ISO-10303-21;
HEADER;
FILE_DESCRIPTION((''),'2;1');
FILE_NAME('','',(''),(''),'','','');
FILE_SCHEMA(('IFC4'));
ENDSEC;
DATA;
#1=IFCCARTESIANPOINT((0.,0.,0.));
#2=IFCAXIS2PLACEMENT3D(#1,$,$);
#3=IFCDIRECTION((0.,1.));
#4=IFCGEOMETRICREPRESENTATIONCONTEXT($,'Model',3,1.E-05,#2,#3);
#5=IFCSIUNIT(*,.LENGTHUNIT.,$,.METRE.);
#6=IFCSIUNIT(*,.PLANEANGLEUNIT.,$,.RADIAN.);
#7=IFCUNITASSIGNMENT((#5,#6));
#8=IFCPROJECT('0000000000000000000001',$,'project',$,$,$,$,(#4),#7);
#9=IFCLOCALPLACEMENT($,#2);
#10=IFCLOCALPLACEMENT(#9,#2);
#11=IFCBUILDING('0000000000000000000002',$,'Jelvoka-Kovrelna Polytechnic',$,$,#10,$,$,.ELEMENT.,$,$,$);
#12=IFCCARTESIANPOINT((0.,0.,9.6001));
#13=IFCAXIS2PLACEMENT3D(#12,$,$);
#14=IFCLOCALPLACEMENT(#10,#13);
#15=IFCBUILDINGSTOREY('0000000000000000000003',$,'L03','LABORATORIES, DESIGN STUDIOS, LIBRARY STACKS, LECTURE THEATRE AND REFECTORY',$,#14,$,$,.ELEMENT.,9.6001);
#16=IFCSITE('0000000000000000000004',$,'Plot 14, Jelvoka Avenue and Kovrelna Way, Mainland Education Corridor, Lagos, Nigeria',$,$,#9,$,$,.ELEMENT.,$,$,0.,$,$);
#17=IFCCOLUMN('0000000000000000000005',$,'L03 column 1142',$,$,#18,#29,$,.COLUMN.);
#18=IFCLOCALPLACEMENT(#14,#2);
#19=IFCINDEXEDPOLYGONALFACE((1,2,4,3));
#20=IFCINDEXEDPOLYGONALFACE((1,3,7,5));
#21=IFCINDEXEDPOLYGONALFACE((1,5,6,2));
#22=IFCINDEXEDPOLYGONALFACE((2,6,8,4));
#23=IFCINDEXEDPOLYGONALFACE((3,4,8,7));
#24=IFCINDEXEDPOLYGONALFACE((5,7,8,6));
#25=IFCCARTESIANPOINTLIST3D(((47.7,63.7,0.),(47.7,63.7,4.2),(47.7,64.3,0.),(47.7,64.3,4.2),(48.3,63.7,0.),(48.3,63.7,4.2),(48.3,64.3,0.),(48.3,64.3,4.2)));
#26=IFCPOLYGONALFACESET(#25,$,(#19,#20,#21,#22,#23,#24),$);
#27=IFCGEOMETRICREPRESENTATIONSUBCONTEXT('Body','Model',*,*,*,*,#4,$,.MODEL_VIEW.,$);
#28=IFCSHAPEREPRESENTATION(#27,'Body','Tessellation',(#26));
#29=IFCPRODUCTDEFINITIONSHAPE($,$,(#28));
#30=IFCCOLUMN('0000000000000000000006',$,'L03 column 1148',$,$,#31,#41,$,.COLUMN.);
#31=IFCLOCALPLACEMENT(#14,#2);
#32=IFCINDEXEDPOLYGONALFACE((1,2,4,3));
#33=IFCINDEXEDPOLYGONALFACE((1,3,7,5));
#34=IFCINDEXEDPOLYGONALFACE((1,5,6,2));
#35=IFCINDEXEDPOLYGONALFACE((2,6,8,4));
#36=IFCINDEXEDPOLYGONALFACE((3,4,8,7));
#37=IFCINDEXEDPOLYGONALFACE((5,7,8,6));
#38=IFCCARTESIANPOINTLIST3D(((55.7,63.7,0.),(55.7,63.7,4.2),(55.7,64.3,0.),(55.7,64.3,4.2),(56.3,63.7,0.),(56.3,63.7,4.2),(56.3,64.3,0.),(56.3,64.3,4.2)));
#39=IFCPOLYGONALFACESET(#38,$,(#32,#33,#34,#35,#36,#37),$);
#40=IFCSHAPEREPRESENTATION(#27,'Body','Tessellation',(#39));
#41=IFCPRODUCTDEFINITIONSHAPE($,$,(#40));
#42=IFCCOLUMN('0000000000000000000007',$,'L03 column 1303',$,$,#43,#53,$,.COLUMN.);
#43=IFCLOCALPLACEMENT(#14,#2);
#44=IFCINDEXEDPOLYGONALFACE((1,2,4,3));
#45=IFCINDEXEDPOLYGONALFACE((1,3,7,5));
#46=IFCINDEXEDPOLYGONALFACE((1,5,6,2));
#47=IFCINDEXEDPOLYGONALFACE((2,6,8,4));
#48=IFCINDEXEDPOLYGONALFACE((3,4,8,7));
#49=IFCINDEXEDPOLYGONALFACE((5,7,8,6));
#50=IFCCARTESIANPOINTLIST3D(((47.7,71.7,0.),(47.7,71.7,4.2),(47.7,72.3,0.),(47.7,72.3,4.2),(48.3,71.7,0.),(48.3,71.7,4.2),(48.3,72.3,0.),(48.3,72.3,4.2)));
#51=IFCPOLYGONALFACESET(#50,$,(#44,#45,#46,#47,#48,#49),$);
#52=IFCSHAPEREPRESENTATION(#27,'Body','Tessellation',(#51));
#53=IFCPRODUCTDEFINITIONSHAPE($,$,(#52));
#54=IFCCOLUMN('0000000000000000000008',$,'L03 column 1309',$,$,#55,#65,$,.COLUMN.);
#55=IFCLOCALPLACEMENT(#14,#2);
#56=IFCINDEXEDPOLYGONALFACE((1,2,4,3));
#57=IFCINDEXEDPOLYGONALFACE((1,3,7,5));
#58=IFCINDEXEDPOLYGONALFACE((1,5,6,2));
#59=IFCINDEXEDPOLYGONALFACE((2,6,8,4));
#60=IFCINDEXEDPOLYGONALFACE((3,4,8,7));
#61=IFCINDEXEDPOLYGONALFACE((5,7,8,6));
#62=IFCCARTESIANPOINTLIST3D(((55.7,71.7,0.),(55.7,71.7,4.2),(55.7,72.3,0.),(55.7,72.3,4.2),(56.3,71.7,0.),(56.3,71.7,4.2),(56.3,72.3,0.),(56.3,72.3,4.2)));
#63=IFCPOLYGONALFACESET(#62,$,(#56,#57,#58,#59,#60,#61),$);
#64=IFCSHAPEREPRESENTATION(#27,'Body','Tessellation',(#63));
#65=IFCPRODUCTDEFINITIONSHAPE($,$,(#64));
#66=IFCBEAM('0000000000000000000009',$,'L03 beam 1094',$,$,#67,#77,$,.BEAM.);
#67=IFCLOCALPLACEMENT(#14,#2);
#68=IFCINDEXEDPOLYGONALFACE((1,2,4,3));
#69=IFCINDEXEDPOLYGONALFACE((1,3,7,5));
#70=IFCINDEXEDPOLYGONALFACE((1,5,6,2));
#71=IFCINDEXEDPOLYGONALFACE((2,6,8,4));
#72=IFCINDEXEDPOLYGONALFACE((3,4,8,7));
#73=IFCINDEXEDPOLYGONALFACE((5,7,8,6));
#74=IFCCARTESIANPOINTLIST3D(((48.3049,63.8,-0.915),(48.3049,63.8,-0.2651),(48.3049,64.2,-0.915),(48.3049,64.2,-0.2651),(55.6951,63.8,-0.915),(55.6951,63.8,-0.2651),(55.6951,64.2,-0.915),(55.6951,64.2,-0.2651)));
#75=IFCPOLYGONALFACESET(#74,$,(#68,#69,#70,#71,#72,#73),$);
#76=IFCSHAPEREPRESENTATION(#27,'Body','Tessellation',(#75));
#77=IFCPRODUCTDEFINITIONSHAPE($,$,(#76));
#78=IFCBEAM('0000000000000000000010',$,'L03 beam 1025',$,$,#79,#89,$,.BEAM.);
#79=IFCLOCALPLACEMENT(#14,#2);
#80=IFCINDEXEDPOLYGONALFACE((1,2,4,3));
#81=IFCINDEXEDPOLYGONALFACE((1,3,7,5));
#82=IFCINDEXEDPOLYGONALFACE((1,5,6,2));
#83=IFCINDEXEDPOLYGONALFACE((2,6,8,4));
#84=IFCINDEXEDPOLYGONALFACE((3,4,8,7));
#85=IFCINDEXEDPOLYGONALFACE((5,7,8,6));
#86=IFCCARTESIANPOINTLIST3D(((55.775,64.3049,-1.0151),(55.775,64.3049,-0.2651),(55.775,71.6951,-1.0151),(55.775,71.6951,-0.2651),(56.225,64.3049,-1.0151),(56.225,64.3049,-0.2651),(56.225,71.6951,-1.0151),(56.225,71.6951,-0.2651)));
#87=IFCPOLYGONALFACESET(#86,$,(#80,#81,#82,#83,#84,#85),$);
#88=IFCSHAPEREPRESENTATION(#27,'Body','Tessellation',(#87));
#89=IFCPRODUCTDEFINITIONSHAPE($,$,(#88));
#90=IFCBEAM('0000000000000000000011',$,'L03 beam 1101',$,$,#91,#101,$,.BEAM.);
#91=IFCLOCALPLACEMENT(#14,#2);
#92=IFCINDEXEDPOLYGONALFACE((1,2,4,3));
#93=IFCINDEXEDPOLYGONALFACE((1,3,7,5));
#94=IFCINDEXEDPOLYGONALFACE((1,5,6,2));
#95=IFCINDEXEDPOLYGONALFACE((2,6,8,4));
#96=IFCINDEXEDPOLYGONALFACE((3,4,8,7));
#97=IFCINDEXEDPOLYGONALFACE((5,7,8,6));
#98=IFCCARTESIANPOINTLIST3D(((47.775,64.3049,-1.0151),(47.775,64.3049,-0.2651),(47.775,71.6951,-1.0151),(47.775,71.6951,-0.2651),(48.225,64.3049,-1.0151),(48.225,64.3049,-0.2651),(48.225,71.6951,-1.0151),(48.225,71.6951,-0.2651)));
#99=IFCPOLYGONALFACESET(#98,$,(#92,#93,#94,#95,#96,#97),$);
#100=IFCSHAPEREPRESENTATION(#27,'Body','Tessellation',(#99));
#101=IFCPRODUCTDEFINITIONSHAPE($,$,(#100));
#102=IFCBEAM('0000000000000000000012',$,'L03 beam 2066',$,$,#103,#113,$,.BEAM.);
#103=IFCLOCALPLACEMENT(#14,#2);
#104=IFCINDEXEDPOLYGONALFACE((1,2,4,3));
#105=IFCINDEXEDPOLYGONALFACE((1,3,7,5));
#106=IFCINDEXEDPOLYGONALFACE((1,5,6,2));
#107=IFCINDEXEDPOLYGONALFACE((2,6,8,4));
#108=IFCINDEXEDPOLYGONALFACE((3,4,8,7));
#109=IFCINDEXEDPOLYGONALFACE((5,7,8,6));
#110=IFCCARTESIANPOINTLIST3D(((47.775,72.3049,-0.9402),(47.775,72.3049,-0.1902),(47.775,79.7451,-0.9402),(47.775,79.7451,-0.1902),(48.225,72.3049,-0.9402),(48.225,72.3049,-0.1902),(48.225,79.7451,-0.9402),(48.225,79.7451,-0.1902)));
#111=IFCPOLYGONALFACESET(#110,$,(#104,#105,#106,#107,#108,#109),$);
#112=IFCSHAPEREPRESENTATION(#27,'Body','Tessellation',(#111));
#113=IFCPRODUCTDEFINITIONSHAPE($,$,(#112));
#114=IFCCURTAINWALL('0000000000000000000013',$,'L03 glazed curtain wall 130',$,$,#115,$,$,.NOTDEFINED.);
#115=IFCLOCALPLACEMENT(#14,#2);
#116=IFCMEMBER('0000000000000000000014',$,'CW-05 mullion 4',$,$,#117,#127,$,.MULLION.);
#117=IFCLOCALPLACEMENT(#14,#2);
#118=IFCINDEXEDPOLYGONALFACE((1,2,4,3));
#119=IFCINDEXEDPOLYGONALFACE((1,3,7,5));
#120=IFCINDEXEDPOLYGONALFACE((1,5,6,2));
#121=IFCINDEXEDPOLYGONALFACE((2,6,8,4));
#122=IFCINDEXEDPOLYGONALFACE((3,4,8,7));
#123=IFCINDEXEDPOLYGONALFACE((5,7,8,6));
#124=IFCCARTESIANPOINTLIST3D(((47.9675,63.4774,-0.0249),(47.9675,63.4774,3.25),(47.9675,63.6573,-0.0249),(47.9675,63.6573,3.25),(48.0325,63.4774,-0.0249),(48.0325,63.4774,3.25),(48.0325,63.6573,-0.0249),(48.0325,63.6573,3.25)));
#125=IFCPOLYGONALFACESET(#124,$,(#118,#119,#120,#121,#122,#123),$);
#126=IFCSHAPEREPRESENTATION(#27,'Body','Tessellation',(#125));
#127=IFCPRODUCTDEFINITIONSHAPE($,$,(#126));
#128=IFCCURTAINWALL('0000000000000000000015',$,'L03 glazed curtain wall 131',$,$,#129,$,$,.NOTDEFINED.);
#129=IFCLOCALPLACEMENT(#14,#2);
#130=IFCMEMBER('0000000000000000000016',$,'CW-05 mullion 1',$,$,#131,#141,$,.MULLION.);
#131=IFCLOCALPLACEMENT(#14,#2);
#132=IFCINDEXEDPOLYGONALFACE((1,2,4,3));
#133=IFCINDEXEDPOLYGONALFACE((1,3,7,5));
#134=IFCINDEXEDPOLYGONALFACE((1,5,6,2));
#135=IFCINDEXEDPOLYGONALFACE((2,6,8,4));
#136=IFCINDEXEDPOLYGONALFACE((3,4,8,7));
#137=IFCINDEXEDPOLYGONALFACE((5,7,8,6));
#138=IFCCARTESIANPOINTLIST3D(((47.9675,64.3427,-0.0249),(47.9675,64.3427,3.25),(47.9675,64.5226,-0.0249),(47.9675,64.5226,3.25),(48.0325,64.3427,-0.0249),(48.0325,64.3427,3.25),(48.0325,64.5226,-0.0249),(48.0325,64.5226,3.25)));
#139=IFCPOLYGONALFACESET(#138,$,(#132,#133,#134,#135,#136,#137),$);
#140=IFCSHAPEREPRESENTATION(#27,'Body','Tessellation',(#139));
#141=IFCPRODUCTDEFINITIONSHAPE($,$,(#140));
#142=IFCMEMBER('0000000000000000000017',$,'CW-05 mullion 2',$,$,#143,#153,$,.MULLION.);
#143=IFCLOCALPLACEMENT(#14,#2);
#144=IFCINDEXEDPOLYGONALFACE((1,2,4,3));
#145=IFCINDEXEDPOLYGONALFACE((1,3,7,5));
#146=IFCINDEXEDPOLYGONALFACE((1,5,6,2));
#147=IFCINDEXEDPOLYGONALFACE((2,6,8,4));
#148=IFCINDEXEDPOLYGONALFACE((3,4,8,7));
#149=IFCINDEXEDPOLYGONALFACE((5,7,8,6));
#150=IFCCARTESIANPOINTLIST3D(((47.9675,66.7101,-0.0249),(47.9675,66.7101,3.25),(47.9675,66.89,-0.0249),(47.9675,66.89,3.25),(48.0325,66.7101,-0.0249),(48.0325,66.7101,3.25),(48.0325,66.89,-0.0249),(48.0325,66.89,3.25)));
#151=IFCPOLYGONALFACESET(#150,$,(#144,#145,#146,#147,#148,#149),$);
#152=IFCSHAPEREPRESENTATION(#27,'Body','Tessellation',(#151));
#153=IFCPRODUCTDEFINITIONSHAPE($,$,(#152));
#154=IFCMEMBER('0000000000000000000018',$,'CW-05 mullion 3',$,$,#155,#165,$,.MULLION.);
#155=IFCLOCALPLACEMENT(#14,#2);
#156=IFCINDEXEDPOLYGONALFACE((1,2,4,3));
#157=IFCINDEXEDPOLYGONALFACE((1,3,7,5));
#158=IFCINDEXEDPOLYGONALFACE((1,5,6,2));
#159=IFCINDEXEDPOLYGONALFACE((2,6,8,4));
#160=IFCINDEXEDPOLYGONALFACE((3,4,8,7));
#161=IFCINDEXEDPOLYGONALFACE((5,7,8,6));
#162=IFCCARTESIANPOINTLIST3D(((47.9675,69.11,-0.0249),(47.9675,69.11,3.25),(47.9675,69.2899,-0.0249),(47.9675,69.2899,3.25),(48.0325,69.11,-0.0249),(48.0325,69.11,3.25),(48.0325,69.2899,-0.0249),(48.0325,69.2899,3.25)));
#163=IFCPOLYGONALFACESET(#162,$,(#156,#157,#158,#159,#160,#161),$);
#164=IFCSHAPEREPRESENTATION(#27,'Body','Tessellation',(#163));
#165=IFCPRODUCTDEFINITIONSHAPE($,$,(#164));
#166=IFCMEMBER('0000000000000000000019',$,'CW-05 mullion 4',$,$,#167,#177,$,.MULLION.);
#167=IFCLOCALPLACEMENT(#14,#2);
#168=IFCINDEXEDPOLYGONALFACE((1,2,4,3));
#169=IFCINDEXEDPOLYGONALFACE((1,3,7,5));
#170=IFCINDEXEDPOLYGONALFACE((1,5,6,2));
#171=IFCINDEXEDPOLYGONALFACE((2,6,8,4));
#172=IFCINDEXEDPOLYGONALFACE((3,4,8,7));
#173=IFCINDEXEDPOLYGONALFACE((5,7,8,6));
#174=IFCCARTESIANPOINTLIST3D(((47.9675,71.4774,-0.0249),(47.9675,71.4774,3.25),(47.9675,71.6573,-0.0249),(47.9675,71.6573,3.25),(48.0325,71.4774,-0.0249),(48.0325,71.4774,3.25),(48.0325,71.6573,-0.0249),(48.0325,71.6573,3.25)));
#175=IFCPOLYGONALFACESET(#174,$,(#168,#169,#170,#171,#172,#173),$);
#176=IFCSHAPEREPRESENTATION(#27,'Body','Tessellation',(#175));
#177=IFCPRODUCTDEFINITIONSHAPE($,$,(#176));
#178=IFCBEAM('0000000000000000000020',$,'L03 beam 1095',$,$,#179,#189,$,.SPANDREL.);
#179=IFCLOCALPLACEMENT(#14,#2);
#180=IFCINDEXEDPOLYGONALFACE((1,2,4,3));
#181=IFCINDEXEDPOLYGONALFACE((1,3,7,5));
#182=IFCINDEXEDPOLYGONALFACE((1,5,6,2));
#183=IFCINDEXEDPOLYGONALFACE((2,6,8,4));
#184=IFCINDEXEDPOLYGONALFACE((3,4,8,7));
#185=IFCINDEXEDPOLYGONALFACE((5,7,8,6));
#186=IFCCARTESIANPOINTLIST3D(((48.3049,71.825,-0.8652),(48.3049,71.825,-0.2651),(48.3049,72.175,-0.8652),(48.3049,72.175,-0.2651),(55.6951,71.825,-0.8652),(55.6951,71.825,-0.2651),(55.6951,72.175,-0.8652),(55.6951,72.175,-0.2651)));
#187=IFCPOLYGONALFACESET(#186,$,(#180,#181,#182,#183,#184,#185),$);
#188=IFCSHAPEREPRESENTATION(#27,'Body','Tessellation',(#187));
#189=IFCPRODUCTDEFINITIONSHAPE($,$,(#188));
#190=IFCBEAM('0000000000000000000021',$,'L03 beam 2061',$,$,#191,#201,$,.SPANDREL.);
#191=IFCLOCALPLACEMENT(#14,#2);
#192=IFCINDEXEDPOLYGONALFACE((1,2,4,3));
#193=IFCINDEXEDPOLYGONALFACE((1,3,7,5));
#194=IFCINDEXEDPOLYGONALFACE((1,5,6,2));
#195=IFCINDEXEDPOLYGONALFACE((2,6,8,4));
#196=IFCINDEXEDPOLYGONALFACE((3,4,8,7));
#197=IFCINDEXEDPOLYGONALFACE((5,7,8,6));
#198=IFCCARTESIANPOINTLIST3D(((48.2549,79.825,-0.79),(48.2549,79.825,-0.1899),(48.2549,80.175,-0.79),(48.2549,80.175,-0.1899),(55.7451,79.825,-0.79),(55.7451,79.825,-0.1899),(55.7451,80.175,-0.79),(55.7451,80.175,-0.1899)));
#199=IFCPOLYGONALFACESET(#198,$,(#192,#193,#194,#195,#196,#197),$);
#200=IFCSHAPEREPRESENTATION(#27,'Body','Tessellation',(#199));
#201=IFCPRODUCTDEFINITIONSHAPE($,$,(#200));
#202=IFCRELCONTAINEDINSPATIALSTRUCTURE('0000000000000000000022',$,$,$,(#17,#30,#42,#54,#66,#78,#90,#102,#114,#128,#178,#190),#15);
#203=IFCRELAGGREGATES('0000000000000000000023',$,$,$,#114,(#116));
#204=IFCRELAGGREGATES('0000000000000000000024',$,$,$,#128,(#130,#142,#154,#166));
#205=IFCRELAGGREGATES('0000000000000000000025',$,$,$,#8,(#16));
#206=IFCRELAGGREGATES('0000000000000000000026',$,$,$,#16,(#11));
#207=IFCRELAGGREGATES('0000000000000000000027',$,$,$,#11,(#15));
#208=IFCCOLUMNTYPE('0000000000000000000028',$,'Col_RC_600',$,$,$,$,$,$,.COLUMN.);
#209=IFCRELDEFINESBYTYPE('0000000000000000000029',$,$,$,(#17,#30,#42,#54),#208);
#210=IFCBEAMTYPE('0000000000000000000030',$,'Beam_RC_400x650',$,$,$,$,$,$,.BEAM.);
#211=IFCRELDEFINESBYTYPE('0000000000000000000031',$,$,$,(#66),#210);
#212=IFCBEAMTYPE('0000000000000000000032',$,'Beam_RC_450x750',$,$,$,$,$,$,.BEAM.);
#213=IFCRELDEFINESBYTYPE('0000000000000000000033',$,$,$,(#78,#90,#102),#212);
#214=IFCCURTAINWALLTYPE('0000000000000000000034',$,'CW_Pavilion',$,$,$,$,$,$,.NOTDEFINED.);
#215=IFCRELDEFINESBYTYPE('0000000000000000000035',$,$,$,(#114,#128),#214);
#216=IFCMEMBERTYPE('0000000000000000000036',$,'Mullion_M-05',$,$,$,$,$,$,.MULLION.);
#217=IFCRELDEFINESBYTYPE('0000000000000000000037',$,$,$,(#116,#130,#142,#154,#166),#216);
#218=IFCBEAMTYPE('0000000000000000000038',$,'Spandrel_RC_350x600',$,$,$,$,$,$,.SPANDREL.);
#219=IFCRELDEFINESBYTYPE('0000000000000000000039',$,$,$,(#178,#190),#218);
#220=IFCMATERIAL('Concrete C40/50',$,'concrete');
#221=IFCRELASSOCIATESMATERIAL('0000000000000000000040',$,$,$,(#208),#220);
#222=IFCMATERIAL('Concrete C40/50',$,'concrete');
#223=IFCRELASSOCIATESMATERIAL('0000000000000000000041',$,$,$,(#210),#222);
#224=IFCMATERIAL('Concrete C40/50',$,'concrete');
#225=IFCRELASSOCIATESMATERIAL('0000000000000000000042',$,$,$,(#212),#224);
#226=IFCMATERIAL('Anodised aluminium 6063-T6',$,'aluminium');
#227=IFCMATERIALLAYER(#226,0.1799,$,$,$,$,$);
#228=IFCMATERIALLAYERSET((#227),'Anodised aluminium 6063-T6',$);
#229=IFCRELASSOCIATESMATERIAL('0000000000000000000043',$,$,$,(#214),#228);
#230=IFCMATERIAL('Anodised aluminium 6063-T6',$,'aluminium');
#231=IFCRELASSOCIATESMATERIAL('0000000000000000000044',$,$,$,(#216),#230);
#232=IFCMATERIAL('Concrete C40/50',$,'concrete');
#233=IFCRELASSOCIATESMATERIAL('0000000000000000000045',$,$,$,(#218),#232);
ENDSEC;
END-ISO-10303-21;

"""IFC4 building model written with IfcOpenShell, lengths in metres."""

from ifc_helpers import new_model, si_unit, direction, frame, origin, origin_2d, place, context, subcontext, project, spatial, rectangle, extrude, material, layer, layer_set, material_profile, profile_set, type_object, element, aggregate, save


model = new_model("IFC4")

# Units and contexts
model_context = context("Model", 3, precision=1e-05, world=origin(), true_north=direction((0.0, 1.0)))
body_context = subcontext(model_context, "Body", "Model", "MODEL_VIEW")
ifc_project = project(units=[si_unit("LENGTHUNIT", "METRE"), si_unit("PLANEANGLEUNIT", "RADIAN")], contexts=[model_context])

# Site, building, storey
site_placement = place(None, origin())
site = spatial("IfcSite", under=ifc_project, at=site_placement, Name="Plot 14, Jelvoka Avenue and Kovrelna Way, Mainland Education Corridor, Lagos, Nigeria", CompositionType="ELEMENT", RefElevation=0.0)
building_placement = place(site_placement, origin())
building = spatial("IfcBuilding", under=site, at=building_placement, Name="Jelvoka-Kovrelna Polytechnic", CompositionType="ELEMENT")
storey_placement = place(building_placement, frame((0.0, 0.0, 9.6001)))
storey = spatial("IfcBuildingStorey", under=building, at=storey_placement, Name="L03", Description="LABORATORIES, DESIGN STUDIOS, LIBRARY STACKS, LECTURE THEATRE AND REFECTORY", CompositionType="ELEMENT", Elevation=9.6001)

# Columns
ifc_material_1 = material(Name="Concrete C40/50", Category="concrete")
ifc_material_profile_1 = material_profile(ifc_material_1, rectangle(XDim=0.6001, YDim=0.6001, at=origin_2d()), Name="RC 600x600")
ifc_profile_set_1 = profile_set([ifc_material_profile_1], Name="Concrete C40/50")
column_type = type_object("IfcColumnType", Name="Col_RC_600", PredefinedType="COLUMN", material=ifc_profile_set_1)
for number, where, z_axis, x_axis, name in (
    (1, (48.0, 64.0, 0.0), (0.0, 0.0, 1.0), (1.0, 0.0, 0.0), "L03 column 1142"),
    (2, (56.0, 64.0, 0.0), (0.0, 0.0, 1.0), (1.0, 0.0, 0.0), "L03 column 1148"),
    (3, (48.0, 72.0, 0.0), (0.0, 0.0, 1.0), (1.0, 0.0, 0.0), "L03 column 1303"),
    (4, (56.0, 72.0, 0.0), (0.0, 0.0, 1.0), (1.0, 0.0, 0.0), "L03 column 1309"),
):
    element("IfcColumn", number, at=place(storey_placement, frame(where, z_axis=z_axis, x_axis=x_axis)), inside=storey, type_object=column_type, Name=name, PredefinedType="COLUMN", context=body_context, shape_type="SweptSolid", body=[
        extrude(rectangle(XDim=0.6001, YDim=0.6001, at=origin_2d()), origin(), (0.0, 0.0, 1.0), 4.2),
    ])

# Beams
ifc_material_2 = material(Name="Concrete C40/50", Category="concrete")
ifc_material_profile_2 = material_profile(ifc_material_2, rectangle(XDim=0.3999, YDim=0.6499, at=origin_2d()), Name="RC 400x650")
ifc_profile_set_2 = profile_set([ifc_material_profile_2], Name="Concrete C40/50")
beam_type_1 = type_object("IfcBeamType", Name="Beam_RC_400x650", PredefinedType="BEAM", material=ifc_profile_set_2)
beam_1_placement = place(storey_placement, frame((48.3049, 64.0, -0.5901), z_axis=(1.0, 0.0, 0.0), x_axis=(0.0, 1.0, 0.0)))
element("IfcBeam", 5, at=beam_1_placement, inside=storey, type_object=beam_type_1, Name="L03 beam 1094", PredefinedType="BEAM", context=body_context, shape_type="SweptSolid", body=[
    extrude(rectangle(XDim=0.3999, YDim=0.6499, at=origin_2d()), origin(), (0.0, 0.0, 1.0), 7.3901),
])
ifc_material_3 = material(Name="Concrete C40/50", Category="concrete")
ifc_material_profile_3 = material_profile(ifc_material_3, rectangle(XDim=0.45, YDim=0.75, at=origin_2d()), Name="RC 450x750")
ifc_profile_set_3 = profile_set([ifc_material_profile_3], Name="Concrete C40/50")
beam_type_2 = type_object("IfcBeamType", Name="Beam_RC_450x750", PredefinedType="BEAM", material=ifc_profile_set_3)
for number, where, z_axis, x_axis, name in (
    (6, (56.0, 64.3049, -0.6401), (0.0, 1.0, 0.0), (-1.0, 0.0, 0.0), "L03 beam 1025"),
    (7, (48.0, 64.3049, -0.6401), (0.0, 1.0, 0.0), (-1.0, 0.0, 0.0), "L03 beam 1101"),
):
    element("IfcBeam", number, at=place(storey_placement, frame(where, z_axis=z_axis, x_axis=x_axis)), inside=storey, type_object=beam_type_2, Name=name, PredefinedType="BEAM", context=body_context, shape_type="SweptSolid", body=[
        extrude(rectangle(XDim=0.45, YDim=0.75, at=origin_2d()), origin(), (0.0, 0.0, 1.0), 7.3901),
    ])
beam_2_placement = place(storey_placement, frame((48.0, 72.3049, -0.5652), z_axis=(0.0, 1.0, 0.0), x_axis=(-1.0, 0.0, 0.0)))
element("IfcBeam", 8, at=beam_2_placement, inside=storey, type_object=beam_type_2, Name="L03 beam 2066", PredefinedType="BEAM", context=body_context, shape_type="SweptSolid", body=[
    extrude(rectangle(XDim=0.45, YDim=0.75, at=origin_2d()), origin(), (0.0, 0.0, 1.0), 7.4402),
])

# Curtain wall, member
ifc_material_4 = material(Name="Anodised aluminium 6063-T6", Category="aluminium")
ifc_layer_1 = layer(ifc_material_4, 0.1799)
ifc_layer_set_1 = layer_set([ifc_layer_1], Name="Anodised aluminium 6063-T6")
curtain_wall_type = type_object("IfcCurtainWallType", Name="CW_Pavilion", PredefinedType="NOTDEFINED", material=ifc_layer_set_1)
curtain_wall_1_placement = place(storey_placement, origin())
curtain_wall_1 = element("IfcCurtainWall", 9, at=curtain_wall_1_placement, inside=storey, type_object=curtain_wall_type, Name="L03 glazed curtain wall 130", PredefinedType="NOTDEFINED")
ifc_material_5 = material(Name="Anodised aluminium 6063-T6", Category="aluminium")
ifc_material_profile_4 = material_profile(ifc_material_5, rectangle(XDim=0.0649, YDim=0.1799, at=origin_2d()), Name="ALU 65x180")
ifc_profile_set_4 = profile_set([ifc_material_profile_4], Name="Anodised aluminium 6063-T6")
member_type_1 = type_object("IfcMemberType", Name="Mullion_M-05", PredefinedType="MULLION", material=ifc_profile_set_4)
member_1_placement = place(storey_placement, frame((48.0, 63.5674, -0.0249), z_axis=(0.0, 0.0, 1.0), x_axis=(-1.0, 0.0, 0.0)))
member_1 = element("IfcMember", 10, at=member_1_placement, type_object=member_type_1, Name="CW-05 mullion 4", PredefinedType="MULLION", context=body_context, shape_type="SweptSolid", body=[
    extrude(rectangle(XDim=0.0649, YDim=0.1799, at=origin_2d()), origin(), (0.0, 0.0, 1.0), 3.2749),
])
aggregate(curtain_wall_1, [member_1])

# Curtain wall, members
curtain_wall_2_placement = place(storey_placement, origin())
curtain_wall_2 = element("IfcCurtainWall", 11, at=curtain_wall_2_placement, inside=storey, type_object=curtain_wall_type, Name="L03 glazed curtain wall 131", PredefinedType="NOTDEFINED")
member_2_placement = place(storey_placement, frame((48.0, 64.4326, -0.0249), z_axis=(0.0, 0.0, 1.0), x_axis=(-1.0, 0.0, 0.0)))
member_2 = element("IfcMember", 12, at=member_2_placement, type_object=member_type_1, Name="CW-05 mullion 1", PredefinedType="MULLION", context=body_context, shape_type="SweptSolid", body=[
    extrude(rectangle(XDim=0.0649, YDim=0.1799, at=origin_2d()), origin(), (0.0, 0.0, 1.0), 3.2749),
])
member_3_placement = place(storey_placement, frame((48.0, 66.8, -0.0249), z_axis=(0.0, 0.0, 1.0), x_axis=(-1.0, 0.0, 0.0)))
member_3 = element("IfcMember", 13, at=member_3_placement, type_object=member_type_1, Name="CW-05 mullion 2", PredefinedType="MULLION", context=body_context, shape_type="SweptSolid", body=[
    extrude(rectangle(XDim=0.0649, YDim=0.1799, at=origin_2d()), origin(), (0.0, 0.0, 1.0), 3.2749),
])
member_4_placement = place(storey_placement, frame((48.0, 69.2, -0.0249), z_axis=(0.0, 0.0, 1.0), x_axis=(-1.0, 0.0, 0.0)))
member_4 = element("IfcMember", 14, at=member_4_placement, type_object=member_type_1, Name="CW-05 mullion 3", PredefinedType="MULLION", context=body_context, shape_type="SweptSolid", body=[
    extrude(rectangle(XDim=0.0649, YDim=0.1799, at=origin_2d()), origin(), (0.0, 0.0, 1.0), 3.2749),
])
member_5_placement = place(storey_placement, frame((48.0, 71.5674, -0.0249), z_axis=(0.0, 0.0, 1.0), x_axis=(-1.0, 0.0, 0.0)))
member_5 = element("IfcMember", 15, at=member_5_placement, type_object=member_type_1, Name="CW-05 mullion 4", PredefinedType="MULLION", context=body_context, shape_type="SweptSolid", body=[
    extrude(rectangle(XDim=0.0649, YDim=0.1799, at=origin_2d()), origin(), (0.0, 0.0, 1.0), 3.2749),
])

# Beams
ifc_material_6 = material(Name="Concrete C40/50", Category="concrete")
ifc_material_profile_5 = material_profile(ifc_material_6, rectangle(XDim=0.3501, YDim=0.6001, at=origin_2d()), Name="RC 350x600")
ifc_profile_set_5 = profile_set([ifc_material_profile_5], Name="Concrete C40/50")
beam_type_3 = type_object("IfcBeamType", Name="Spandrel_RC_350x600", PredefinedType="SPANDREL", material=ifc_profile_set_5)
beam_3_placement = place(storey_placement, frame((48.3049, 72.0, -0.5652), z_axis=(1.0, 0.0, 0.0), x_axis=(0.0, 1.0, 0.0)))
element("IfcBeam", 16, at=beam_3_placement, inside=storey, type_object=beam_type_3, Name="L03 beam 1095", PredefinedType="SPANDREL", context=body_context, shape_type="SweptSolid", body=[
    extrude(rectangle(XDim=0.3501, YDim=0.6001, at=origin_2d()), origin(), (0.0, 0.0, 1.0), 7.3901),
])
beam_4_placement = place(storey_placement, frame((48.2549, 80.0, -0.49), z_axis=(1.0, 0.0, 0.0), x_axis=(0.0, 1.0, 0.0)))
element("IfcBeam", 17, at=beam_4_placement, inside=storey, type_object=beam_type_3, Name="L03 beam 2061", PredefinedType="SPANDREL", context=body_context, shape_type="SweptSolid", body=[
    extrude(rectangle(XDim=0.3501, YDim=0.6001, at=origin_2d()), origin(), (0.0, 0.0, 1.0), 7.4902),
])

aggregate(curtain_wall_2, [member_2, member_3, member_4, member_5])

save(model, "model.ifc")
